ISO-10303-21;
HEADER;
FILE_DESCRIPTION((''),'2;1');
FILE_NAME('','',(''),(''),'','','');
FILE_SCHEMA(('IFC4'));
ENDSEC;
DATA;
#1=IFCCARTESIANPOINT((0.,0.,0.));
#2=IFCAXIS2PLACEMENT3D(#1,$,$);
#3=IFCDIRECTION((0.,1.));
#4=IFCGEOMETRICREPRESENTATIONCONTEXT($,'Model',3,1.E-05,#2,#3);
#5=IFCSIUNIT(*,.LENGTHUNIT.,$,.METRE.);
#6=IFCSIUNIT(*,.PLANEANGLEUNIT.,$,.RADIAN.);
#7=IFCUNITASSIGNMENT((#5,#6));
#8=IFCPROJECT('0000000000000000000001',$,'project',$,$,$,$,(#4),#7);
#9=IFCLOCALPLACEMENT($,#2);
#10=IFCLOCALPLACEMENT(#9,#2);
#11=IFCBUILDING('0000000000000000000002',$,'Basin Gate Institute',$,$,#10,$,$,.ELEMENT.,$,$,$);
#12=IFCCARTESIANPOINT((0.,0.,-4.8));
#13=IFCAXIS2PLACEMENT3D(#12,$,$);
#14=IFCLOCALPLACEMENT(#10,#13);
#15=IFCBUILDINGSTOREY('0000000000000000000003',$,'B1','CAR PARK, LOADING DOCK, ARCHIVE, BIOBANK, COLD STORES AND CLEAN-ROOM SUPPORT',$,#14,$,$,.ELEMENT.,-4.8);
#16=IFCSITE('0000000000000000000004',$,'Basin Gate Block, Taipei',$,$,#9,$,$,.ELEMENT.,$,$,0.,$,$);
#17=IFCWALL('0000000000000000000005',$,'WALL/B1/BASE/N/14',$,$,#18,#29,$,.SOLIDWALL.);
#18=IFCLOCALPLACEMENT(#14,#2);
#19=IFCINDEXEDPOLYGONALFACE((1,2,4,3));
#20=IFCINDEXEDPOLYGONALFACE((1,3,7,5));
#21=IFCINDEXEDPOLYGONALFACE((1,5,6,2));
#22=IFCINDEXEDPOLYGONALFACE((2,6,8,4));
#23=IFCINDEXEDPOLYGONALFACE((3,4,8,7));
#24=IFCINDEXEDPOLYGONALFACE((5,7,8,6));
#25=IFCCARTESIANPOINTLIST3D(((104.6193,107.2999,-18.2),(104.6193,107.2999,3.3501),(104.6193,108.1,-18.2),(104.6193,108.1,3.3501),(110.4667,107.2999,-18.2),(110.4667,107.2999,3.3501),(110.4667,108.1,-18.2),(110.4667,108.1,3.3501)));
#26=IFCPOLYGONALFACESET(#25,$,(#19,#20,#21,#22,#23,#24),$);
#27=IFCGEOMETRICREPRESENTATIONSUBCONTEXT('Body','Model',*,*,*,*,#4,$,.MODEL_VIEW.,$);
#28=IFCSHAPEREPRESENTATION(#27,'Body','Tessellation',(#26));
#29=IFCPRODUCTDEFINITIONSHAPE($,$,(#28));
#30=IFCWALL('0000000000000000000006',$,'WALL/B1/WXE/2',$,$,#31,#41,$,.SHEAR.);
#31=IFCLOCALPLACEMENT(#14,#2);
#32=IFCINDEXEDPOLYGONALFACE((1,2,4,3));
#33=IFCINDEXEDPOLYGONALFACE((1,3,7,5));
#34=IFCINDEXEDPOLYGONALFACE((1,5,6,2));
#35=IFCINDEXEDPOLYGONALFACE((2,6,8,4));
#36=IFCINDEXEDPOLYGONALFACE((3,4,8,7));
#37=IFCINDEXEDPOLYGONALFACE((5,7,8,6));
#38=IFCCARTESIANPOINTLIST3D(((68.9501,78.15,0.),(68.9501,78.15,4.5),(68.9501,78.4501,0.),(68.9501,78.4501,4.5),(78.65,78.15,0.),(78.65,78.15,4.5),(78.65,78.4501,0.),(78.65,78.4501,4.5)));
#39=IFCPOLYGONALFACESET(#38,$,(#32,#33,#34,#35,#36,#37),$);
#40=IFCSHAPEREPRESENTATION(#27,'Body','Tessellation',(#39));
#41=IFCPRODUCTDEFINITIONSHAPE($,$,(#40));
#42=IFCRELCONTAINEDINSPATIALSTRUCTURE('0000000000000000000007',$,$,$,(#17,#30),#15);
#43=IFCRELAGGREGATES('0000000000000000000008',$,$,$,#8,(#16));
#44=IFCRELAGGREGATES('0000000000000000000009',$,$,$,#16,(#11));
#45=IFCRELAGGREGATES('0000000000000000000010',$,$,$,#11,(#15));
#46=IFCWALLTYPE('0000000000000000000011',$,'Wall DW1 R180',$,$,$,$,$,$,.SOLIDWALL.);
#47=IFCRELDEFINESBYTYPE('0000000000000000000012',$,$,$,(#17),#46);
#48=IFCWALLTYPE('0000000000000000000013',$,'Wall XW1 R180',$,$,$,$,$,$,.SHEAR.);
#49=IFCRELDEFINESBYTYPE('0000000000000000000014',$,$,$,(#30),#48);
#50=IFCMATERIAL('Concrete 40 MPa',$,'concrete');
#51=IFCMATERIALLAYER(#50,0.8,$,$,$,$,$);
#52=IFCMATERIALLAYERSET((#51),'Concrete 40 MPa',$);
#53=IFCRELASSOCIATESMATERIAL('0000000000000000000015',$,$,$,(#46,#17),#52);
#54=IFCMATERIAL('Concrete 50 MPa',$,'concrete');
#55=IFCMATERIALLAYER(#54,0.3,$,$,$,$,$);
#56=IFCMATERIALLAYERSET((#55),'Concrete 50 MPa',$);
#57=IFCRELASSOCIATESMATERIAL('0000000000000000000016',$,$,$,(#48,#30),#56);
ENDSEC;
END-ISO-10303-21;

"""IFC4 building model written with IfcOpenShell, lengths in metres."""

from ifc_helpers import new_model, si_unit, direction, frame, frame_2d, origin, place, context, subcontext, project, spatial, rectangle, extrude, material, layer, layer_set, type_object, element, save


model = new_model("IFC4")

# Units and contexts
model_context = context("Model", 3, precision=1e-05, world=origin(), true_north=direction((0.0, 1.0)))
body_context = subcontext(model_context, "Body", "Model", "MODEL_VIEW")
ifc_project = project(units=[si_unit("LENGTHUNIT", "METRE"), si_unit("PLANEANGLEUNIT", "RADIAN")], contexts=[model_context])

# Site, building, storey
site_placement = place(None, origin())
site = spatial("IfcSite", under=ifc_project, at=site_placement, Name="Basin Gate Block, Taipei", CompositionType="ELEMENT", RefElevation=0.0)
building_placement = place(site_placement, origin())
building = spatial("IfcBuilding", under=site, at=building_placement, Name="Basin Gate Institute", CompositionType="ELEMENT")
storey_placement = place(building_placement, frame((0.0, 0.0, -4.8)))
storey = spatial("IfcBuildingStorey", under=building, at=storey_placement, Name="B1", Description="CAR PARK, LOADING DOCK, ARCHIVE, BIOBANK, COLD STORES AND CLEAN-ROOM SUPPORT", CompositionType="ELEMENT", Elevation=-4.8)

# Walls
ifc_material_1 = material(Name="Concrete 40 MPa", Category="concrete")
ifc_layer_1 = layer(ifc_material_1, 0.8)
ifc_layer_set_1 = layer_set([ifc_layer_1], Name="Concrete 40 MPa")
wall_type_1 = type_object("IfcWallType", Name="Wall DW1 R180", PredefinedType="SOLIDWALL", material=ifc_layer_set_1)
wall_1_placement = place(storey_placement, frame((104.6191, 107.7, -18.2), z_axis=(0.0, 0.0, 1.0), x_axis=(1.0, 0.0, 0.0)))
element("IfcWall", 1, at=wall_1_placement, inside=storey, type_object=wall_type_1, material=ifc_layer_set_1, Name="WALL/B1/BASE/N/14", PredefinedType="SOLIDWALL", context=body_context, shape_type="SweptSolid", body=[
    extrude(rectangle(XDim=5.8474, YDim=0.8, at=frame_2d((2.9238, 0.0))), origin(), (0.0, 0.0, 1.0), 21.55),
])
ifc_material_2 = material(Name="Concrete 50 MPa", Category="concrete")
ifc_layer_2 = layer(ifc_material_2, 0.3)
ifc_layer_set_2 = layer_set([ifc_layer_2], Name="Concrete 50 MPa")
wall_type_2 = type_object("IfcWallType", Name="Wall XW1 R180", PredefinedType="SHEAR", material=ifc_layer_set_2)
wall_2_placement = place(storey_placement, frame((68.95, 78.3, 0.0), z_axis=(0.0, 0.0, 1.0), x_axis=(1.0, 0.0, 0.0)))
element("IfcWall", 2, at=wall_2_placement, inside=storey, type_object=wall_type_2, material=ifc_layer_set_2, Name="WALL/B1/WXE/2", PredefinedType="SHEAR", context=body_context, shape_type="SweptSolid", body=[
    extrude(rectangle(XDim=9.7, YDim=0.3, at=frame_2d((4.8501, 0.0))), origin(), (0.0, 0.0, 1.0), 4.5),
])

save(model, "model.ifc")
